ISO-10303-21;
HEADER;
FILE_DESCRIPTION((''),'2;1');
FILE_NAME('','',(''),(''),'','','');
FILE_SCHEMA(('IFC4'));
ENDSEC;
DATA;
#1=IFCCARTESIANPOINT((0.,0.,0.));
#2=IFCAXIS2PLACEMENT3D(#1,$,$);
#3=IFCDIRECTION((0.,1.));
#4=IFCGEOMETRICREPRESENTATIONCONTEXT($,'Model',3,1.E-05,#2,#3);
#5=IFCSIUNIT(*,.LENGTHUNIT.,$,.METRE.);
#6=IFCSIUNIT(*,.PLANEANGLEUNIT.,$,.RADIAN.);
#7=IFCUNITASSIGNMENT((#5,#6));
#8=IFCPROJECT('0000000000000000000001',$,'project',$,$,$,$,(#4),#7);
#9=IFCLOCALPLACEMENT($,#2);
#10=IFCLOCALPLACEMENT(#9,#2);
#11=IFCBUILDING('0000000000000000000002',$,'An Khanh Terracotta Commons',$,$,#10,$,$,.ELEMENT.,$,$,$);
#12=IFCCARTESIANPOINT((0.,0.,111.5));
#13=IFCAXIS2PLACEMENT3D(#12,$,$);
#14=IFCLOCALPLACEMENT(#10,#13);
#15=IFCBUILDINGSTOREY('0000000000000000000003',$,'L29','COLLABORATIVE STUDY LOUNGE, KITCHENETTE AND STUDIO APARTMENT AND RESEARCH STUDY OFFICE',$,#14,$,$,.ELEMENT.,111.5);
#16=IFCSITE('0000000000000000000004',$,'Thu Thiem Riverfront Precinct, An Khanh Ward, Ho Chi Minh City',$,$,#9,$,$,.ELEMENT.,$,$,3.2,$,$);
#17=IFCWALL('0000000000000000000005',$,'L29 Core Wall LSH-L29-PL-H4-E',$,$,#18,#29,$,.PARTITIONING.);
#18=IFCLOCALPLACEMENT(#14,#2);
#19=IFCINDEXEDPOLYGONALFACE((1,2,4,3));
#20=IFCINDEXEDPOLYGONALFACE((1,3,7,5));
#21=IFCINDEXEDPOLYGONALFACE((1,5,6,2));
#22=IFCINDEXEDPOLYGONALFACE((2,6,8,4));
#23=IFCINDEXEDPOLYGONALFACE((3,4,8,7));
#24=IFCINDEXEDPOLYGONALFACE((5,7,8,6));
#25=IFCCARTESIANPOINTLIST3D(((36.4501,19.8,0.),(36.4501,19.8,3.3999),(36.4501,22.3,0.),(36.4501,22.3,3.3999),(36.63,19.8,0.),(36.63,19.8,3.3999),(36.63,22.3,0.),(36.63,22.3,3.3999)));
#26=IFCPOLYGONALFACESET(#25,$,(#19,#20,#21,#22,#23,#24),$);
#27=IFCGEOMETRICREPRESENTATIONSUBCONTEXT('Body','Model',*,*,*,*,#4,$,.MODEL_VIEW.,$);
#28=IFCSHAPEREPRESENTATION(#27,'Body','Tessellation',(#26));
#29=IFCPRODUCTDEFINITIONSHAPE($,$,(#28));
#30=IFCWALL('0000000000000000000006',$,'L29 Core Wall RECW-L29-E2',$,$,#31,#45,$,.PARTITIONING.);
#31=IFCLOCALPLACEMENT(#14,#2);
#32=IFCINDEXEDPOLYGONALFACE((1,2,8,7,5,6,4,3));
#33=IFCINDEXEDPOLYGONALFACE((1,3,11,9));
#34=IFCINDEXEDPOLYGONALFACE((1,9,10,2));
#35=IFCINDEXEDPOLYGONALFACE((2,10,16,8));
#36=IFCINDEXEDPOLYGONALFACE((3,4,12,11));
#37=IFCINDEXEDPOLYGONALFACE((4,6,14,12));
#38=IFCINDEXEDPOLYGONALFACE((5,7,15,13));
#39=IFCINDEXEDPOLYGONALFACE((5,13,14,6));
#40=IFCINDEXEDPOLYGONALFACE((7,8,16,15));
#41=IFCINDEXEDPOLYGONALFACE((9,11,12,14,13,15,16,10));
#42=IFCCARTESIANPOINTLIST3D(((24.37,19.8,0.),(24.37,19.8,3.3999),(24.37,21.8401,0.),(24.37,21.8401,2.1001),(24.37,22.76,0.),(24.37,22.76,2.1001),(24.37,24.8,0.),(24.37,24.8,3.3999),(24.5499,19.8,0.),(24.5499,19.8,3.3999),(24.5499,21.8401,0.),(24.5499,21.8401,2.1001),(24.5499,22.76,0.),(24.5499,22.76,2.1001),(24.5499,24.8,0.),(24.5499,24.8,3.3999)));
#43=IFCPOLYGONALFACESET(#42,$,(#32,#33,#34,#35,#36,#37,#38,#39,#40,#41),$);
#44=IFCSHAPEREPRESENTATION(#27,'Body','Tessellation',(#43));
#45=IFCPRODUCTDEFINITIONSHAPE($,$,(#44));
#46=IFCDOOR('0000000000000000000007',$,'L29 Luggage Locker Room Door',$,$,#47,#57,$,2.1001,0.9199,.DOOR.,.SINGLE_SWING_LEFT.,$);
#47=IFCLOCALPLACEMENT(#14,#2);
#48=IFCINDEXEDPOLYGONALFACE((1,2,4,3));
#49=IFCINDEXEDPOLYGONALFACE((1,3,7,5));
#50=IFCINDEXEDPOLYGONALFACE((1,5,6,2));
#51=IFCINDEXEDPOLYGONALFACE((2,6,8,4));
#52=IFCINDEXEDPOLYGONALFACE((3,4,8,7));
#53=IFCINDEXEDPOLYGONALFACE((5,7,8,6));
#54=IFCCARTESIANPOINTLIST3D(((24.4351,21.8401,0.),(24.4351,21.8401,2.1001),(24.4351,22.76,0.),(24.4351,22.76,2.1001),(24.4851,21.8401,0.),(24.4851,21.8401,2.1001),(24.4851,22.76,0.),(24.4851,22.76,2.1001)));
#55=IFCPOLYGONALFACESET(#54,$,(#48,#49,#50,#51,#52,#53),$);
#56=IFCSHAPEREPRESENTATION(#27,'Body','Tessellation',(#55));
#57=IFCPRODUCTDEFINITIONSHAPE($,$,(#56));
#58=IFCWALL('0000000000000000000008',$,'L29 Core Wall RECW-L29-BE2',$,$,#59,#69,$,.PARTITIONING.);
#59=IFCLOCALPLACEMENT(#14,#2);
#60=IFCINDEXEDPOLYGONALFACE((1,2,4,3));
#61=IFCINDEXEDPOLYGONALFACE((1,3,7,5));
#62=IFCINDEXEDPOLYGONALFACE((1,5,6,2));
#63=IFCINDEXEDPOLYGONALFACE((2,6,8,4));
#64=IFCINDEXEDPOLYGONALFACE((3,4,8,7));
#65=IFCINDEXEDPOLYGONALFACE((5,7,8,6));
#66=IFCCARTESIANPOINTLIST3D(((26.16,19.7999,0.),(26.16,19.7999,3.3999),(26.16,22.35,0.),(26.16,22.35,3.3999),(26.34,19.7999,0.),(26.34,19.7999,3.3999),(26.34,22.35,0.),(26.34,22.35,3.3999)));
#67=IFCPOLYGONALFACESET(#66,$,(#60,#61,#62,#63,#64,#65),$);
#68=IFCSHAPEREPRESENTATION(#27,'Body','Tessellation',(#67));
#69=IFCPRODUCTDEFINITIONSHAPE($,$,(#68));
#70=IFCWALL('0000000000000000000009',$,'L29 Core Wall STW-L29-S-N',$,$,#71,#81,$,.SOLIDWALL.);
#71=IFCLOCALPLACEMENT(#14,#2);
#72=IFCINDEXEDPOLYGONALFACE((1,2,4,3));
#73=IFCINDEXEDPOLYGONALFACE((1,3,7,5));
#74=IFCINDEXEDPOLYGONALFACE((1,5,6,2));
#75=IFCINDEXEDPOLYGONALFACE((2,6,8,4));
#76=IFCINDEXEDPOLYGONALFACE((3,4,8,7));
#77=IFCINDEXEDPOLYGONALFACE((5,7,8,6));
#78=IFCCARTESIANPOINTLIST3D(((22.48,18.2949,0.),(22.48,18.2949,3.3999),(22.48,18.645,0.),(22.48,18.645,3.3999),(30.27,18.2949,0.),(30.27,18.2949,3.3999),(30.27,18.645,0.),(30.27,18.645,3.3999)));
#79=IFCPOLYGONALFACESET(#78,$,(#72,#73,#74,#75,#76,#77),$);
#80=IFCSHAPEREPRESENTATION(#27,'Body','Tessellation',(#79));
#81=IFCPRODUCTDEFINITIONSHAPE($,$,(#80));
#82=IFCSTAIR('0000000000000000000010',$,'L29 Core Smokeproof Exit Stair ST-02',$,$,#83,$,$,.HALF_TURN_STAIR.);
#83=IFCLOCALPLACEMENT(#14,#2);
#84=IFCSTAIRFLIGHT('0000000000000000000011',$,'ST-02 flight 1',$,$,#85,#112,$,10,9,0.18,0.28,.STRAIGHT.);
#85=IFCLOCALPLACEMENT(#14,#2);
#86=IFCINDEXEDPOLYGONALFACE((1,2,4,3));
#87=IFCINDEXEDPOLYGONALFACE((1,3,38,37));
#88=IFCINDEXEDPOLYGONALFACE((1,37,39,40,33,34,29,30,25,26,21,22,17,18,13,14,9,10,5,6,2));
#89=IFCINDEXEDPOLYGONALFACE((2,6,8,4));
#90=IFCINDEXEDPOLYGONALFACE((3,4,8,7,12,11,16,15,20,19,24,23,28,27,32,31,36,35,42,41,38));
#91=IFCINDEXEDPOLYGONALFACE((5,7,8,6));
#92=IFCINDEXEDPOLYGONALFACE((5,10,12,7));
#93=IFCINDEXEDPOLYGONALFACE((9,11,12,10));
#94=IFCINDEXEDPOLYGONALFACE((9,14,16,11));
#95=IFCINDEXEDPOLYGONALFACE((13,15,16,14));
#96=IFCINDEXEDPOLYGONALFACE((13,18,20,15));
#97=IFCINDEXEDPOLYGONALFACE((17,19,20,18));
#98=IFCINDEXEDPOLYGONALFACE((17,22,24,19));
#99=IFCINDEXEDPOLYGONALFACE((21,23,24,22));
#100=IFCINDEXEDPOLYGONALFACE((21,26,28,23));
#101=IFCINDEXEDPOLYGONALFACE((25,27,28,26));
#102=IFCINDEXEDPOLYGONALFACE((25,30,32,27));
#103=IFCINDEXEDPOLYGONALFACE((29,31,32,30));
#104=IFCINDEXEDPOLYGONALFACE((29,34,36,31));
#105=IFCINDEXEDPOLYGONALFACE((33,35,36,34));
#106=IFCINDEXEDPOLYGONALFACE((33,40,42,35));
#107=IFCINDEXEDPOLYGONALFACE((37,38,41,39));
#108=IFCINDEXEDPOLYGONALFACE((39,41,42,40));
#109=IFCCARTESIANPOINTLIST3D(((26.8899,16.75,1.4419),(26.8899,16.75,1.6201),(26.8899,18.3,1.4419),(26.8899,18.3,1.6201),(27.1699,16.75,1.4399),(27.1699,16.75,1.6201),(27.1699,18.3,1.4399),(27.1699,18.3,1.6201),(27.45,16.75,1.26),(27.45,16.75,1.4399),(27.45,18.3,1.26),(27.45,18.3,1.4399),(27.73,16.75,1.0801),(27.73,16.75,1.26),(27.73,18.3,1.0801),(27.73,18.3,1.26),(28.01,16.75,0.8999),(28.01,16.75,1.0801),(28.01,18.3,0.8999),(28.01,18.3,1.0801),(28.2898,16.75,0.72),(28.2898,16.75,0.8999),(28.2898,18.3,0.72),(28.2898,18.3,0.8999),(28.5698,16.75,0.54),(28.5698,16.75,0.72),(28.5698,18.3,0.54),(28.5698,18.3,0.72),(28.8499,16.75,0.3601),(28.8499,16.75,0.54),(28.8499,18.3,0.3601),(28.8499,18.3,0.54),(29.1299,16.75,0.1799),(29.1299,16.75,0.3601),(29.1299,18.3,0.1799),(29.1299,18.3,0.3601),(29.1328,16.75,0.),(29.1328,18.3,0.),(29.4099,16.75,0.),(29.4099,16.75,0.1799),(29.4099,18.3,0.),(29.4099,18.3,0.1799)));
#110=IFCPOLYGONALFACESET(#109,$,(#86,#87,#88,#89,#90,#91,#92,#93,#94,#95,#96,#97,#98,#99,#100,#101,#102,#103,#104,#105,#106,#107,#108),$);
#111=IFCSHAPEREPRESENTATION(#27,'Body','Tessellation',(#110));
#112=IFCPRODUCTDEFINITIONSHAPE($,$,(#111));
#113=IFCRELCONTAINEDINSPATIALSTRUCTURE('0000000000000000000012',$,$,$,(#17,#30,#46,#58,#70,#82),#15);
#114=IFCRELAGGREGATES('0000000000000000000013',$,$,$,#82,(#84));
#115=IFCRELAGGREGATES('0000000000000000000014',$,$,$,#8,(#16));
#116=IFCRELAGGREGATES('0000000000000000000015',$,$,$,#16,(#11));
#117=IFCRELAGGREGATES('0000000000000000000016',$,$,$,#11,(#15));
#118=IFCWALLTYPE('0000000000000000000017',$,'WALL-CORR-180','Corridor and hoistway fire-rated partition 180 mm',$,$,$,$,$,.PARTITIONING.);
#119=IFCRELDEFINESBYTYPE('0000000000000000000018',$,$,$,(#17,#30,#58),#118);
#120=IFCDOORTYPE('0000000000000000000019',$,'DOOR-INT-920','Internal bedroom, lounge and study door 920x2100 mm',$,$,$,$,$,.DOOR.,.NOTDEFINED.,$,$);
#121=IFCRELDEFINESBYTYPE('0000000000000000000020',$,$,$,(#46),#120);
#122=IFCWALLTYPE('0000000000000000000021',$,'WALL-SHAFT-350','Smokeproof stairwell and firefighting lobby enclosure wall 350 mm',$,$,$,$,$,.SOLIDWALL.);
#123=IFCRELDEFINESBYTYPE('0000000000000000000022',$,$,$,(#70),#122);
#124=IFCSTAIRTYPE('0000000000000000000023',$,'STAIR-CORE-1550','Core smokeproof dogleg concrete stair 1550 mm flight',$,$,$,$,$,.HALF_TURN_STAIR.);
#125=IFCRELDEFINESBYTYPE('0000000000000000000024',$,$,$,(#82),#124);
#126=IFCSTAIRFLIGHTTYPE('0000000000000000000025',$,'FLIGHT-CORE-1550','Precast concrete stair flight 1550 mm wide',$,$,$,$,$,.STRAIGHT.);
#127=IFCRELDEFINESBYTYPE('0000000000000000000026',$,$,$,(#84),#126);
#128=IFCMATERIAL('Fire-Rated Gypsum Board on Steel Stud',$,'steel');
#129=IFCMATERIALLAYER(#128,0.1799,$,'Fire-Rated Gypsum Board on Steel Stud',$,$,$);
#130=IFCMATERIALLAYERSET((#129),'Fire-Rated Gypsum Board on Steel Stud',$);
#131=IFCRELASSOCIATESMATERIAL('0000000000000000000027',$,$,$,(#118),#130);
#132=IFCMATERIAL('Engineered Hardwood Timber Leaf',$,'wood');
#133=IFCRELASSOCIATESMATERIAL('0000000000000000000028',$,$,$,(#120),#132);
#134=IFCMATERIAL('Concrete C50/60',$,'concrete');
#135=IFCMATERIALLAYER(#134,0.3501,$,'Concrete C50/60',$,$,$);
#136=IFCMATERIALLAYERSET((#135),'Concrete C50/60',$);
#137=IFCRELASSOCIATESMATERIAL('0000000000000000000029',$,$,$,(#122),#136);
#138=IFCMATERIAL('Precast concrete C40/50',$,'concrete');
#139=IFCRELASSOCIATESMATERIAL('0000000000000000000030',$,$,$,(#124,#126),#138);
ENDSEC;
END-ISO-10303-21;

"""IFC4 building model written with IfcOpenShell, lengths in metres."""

from ifc_helpers import new_model, si_unit, direction, frame, frame_2d, origin, place, context, subcontext, project, spatial, polyline, rectangle, outline, extrude, material, layer, layer_set, type_object, element, fill, aggregate, save


model = new_model("IFC4")

# Units and contexts
model_context = context("Model", 3, precision=1e-05, world=origin(), true_north=direction((0.0, 1.0)))
body_context = subcontext(model_context, "Body", "Model", "MODEL_VIEW")
ifc_project = project(units=[si_unit("LENGTHUNIT", "METRE"), si_unit("PLANEANGLEUNIT", "RADIAN")], contexts=[model_context])

# Site, building, storey
site_placement = place(None, origin())
site = spatial("IfcSite", under=ifc_project, at=site_placement, Name="Thu Thiem Riverfront Precinct, An Khanh Ward, Ho Chi Minh City", CompositionType="ELEMENT", RefElevation=3.2)
building_placement = place(site_placement, origin())
building = spatial("IfcBuilding", under=site, at=building_placement, Name="An Khanh Terracotta Commons", CompositionType="ELEMENT")
storey_placement = place(building_placement, frame((0.0, 0.0, 111.5)))
storey = spatial("IfcBuildingStorey", under=building, at=storey_placement, Name="L29", Description="COLLABORATIVE STUDY LOUNGE, KITCHENETTE AND STUDIO APARTMENT AND RESEARCH STUDY OFFICE", CompositionType="ELEMENT", Elevation=111.5)

# Shared definitions
ifc_material_1 = material(Name="Fire-Rated Gypsum Board on Steel Stud", Category="steel")
ifc_layer_1 = layer(ifc_material_1, 0.1799, Name="Fire-Rated Gypsum Board on Steel Stud")
ifc_layer_set_1 = layer_set([ifc_layer_1], Name="Fire-Rated Gypsum Board on Steel Stud")
wall_type_1 = type_object("IfcWallType", Name="WALL-CORR-180", Description="Corridor and hoistway fire-rated partition 180 mm", PredefinedType="PARTITIONING", material=ifc_layer_set_1)

# Wall
for number, where, z_axis, x_axis, name in (
    (1, (36.54, 19.8, 0.0), (0.0, 0.0, 1.0), (0.0, 1.0, 0.0), "L29 Core Wall LSH-L29-PL-H4-E"),
):
    element("IfcWall", number, at=place(storey_placement, frame(where, z_axis=z_axis, x_axis=x_axis)), inside=storey, type_object=wall_type_1, Name=name, PredefinedType="PARTITIONING", context=body_context, shape_type="SweptSolid", body=[
        extrude(rectangle(XDim=2.5, YDim=0.1799, at=frame_2d((1.25, 0.0))), origin(), (0.0, 0.0, 1.0), 3.3999),
    ])

# Wall, opening, door
wall_1_placement = place(storey_placement, frame((24.46, 19.8, 0.0), z_axis=(0.0, 0.0, 1.0), x_axis=(0.0, 1.0, 0.0)))
wall_1 = element("IfcWall", 2, at=wall_1_placement, inside=storey, type_object=wall_type_1, Name="L29 Core Wall RECW-L29-E2", PredefinedType="PARTITIONING", context=body_context, shape_type="SweptSolid", body=[
    extrude(rectangle(XDim=5.0, YDim=0.1799, at=frame_2d((2.5, 0.0))), origin(), (0.0, 0.0, 1.0), 3.3999),
])
opening_1_placement = place(wall_1_placement, frame((2.04, 0.0, 0.0)))
opening_1 = element("IfcOpeningElement", 3, at=opening_1_placement, cuts=wall_1, PredefinedType="OPENING", context=body_context, shape_type="SweptSolid", body=[
    extrude(rectangle(XDim=0.9199, YDim=2.1001, at=frame_2d((0.46, 1.05))), frame((0.0, 0.0999, 0.0), z_axis=(0.0, -1.0, 0.0), x_axis=(1.0, 0.0, 0.0)), (0.0, 0.0, 1.0), 0.2),
])
ifc_material_2 = material(Name="Engineered Hardwood Timber Leaf", Category="wood")
door_type_1 = type_object("IfcDoorType", Name="DOOR-INT-920", Description="Internal bedroom, lounge and study door 920x2100 mm", OperationType="NOTDEFINED", PredefinedType="DOOR", material=ifc_material_2)
door_1_placement = place(opening_1_placement, origin())
door_1 = element("IfcDoor", 4, at=door_1_placement, inside=storey, type_object=door_type_1, Name="L29 Luggage Locker Room Door", OperationType="SINGLE_SWING_LEFT", OverallHeight=2.1001, OverallWidth=0.9199, PredefinedType="DOOR", context=body_context, shape_type="SweptSolid", body=[
    extrude(rectangle(XDim=0.9199, YDim=2.1001, at=frame_2d((0.46, 1.05))), frame((0.0, 0.0249, 0.0), z_axis=(0.0, -1.0, 0.0), x_axis=(1.0, 0.0, 0.0)), (0.0, 0.0, 1.0), 0.05),
])
fill(opening_1, door_1)

# Walls
wall_2_placement = place(storey_placement, frame((26.25, 19.8, 0.0), z_axis=(0.0, 0.0, 1.0), x_axis=(0.0, 1.0, 0.0)))
element("IfcWall", 5, at=wall_2_placement, inside=storey, type_object=wall_type_1, Name="L29 Core Wall RECW-L29-BE2", PredefinedType="PARTITIONING", context=body_context, shape_type="SweptSolid", body=[
    extrude(rectangle(XDim=2.55, YDim=0.1799, at=frame_2d((1.2749, 0.0))), origin(), (0.0, 0.0, 1.0), 3.3999),
])
ifc_material_3 = material(Name="Concrete C50/60", Category="concrete")
ifc_layer_2 = layer(ifc_material_3, 0.3501, Name="Concrete C50/60")
ifc_layer_set_2 = layer_set([ifc_layer_2], Name="Concrete C50/60")
wall_type_2 = type_object("IfcWallType", Name="WALL-SHAFT-350", Description="Smokeproof stairwell and firefighting lobby enclosure wall 350 mm", PredefinedType="SOLIDWALL", material=ifc_layer_set_2)
wall_3_placement = place(storey_placement, frame((22.48, 18.47, 0.0), z_axis=(0.0, 0.0, 1.0), x_axis=(1.0, 0.0, 0.0)))
element("IfcWall", 6, at=wall_3_placement, inside=storey, type_object=wall_type_2, Name="L29 Core Wall STW-L29-S-N", PredefinedType="SOLIDWALL", context=body_context, shape_type="SweptSolid", body=[
    extrude(rectangle(XDim=7.79, YDim=0.3501, at=frame_2d((3.895, 0.0))), origin(), (0.0, 0.0, 1.0), 3.3999),
])

# Stair, stair flight
ifc_material_4 = material(Name="Precast concrete C40/50", Category="concrete")
stair_type = type_object("IfcStairType", Name="STAIR-CORE-1550", Description="Core smokeproof dogleg concrete stair 1550 mm flight", PredefinedType="HALF_TURN_STAIR", material=ifc_material_4)
stair_placement = place(storey_placement, origin())
stair = element("IfcStair", 7, at=stair_placement, inside=storey, type_object=stair_type, Name="L29 Core Smokeproof Exit Stair ST-02", PredefinedType="HALF_TURN_STAIR")
stair_flight_type = type_object("IfcStairFlightType", Name="FLIGHT-CORE-1550", Description="Precast concrete stair flight 1550 mm wide", PredefinedType="STRAIGHT", material=ifc_material_4)
stair_flight_placement = place(storey_placement, frame((29.4099, 17.5249, 0.0), z_axis=(0.0, 0.0, 1.0), x_axis=(-1.0, 0.0, 0.0)))
stair_flight = element("IfcStairFlight", 8, at=stair_flight_placement, type_object=stair_flight_type, Name="ST-02 flight 1", NumberOfRisers=10, NumberOfTreads=9, PredefinedType="STRAIGHT", RiserHeight=0.18, TreadLength=0.28, context=body_context, shape_type="SweptSolid", body=[
    extrude(outline(polyline([(0.0, 0.0), (0.0, 0.1799), (0.28, 0.1799), (0.28, 0.3601), (0.5601, 0.3601), (0.5601, 0.54), (0.8401, 0.54), (0.8401, 0.72), (1.1201, 0.72), (1.1201, 0.8999), (1.3999, 0.8999), (1.3999, 1.0801), (1.6799, 1.0801), (1.6799, 1.26), (1.96, 1.26), (1.96, 1.4399), (2.24, 1.4399), (2.24, 1.6201), (2.52, 1.6201), (2.52, 1.8), (2.52, 1.4419), (0.2771, 0.0), (0.0, 0.0)])), frame((0.0, 0.7749, 0.0), z_axis=(0.0, -1.0, 0.0), x_axis=(1.0, 0.0, 0.0)), (0.0, 0.0, 1.0), 1.55),
])
aggregate(stair, [stair_flight])

save(model, "model.ifc")
